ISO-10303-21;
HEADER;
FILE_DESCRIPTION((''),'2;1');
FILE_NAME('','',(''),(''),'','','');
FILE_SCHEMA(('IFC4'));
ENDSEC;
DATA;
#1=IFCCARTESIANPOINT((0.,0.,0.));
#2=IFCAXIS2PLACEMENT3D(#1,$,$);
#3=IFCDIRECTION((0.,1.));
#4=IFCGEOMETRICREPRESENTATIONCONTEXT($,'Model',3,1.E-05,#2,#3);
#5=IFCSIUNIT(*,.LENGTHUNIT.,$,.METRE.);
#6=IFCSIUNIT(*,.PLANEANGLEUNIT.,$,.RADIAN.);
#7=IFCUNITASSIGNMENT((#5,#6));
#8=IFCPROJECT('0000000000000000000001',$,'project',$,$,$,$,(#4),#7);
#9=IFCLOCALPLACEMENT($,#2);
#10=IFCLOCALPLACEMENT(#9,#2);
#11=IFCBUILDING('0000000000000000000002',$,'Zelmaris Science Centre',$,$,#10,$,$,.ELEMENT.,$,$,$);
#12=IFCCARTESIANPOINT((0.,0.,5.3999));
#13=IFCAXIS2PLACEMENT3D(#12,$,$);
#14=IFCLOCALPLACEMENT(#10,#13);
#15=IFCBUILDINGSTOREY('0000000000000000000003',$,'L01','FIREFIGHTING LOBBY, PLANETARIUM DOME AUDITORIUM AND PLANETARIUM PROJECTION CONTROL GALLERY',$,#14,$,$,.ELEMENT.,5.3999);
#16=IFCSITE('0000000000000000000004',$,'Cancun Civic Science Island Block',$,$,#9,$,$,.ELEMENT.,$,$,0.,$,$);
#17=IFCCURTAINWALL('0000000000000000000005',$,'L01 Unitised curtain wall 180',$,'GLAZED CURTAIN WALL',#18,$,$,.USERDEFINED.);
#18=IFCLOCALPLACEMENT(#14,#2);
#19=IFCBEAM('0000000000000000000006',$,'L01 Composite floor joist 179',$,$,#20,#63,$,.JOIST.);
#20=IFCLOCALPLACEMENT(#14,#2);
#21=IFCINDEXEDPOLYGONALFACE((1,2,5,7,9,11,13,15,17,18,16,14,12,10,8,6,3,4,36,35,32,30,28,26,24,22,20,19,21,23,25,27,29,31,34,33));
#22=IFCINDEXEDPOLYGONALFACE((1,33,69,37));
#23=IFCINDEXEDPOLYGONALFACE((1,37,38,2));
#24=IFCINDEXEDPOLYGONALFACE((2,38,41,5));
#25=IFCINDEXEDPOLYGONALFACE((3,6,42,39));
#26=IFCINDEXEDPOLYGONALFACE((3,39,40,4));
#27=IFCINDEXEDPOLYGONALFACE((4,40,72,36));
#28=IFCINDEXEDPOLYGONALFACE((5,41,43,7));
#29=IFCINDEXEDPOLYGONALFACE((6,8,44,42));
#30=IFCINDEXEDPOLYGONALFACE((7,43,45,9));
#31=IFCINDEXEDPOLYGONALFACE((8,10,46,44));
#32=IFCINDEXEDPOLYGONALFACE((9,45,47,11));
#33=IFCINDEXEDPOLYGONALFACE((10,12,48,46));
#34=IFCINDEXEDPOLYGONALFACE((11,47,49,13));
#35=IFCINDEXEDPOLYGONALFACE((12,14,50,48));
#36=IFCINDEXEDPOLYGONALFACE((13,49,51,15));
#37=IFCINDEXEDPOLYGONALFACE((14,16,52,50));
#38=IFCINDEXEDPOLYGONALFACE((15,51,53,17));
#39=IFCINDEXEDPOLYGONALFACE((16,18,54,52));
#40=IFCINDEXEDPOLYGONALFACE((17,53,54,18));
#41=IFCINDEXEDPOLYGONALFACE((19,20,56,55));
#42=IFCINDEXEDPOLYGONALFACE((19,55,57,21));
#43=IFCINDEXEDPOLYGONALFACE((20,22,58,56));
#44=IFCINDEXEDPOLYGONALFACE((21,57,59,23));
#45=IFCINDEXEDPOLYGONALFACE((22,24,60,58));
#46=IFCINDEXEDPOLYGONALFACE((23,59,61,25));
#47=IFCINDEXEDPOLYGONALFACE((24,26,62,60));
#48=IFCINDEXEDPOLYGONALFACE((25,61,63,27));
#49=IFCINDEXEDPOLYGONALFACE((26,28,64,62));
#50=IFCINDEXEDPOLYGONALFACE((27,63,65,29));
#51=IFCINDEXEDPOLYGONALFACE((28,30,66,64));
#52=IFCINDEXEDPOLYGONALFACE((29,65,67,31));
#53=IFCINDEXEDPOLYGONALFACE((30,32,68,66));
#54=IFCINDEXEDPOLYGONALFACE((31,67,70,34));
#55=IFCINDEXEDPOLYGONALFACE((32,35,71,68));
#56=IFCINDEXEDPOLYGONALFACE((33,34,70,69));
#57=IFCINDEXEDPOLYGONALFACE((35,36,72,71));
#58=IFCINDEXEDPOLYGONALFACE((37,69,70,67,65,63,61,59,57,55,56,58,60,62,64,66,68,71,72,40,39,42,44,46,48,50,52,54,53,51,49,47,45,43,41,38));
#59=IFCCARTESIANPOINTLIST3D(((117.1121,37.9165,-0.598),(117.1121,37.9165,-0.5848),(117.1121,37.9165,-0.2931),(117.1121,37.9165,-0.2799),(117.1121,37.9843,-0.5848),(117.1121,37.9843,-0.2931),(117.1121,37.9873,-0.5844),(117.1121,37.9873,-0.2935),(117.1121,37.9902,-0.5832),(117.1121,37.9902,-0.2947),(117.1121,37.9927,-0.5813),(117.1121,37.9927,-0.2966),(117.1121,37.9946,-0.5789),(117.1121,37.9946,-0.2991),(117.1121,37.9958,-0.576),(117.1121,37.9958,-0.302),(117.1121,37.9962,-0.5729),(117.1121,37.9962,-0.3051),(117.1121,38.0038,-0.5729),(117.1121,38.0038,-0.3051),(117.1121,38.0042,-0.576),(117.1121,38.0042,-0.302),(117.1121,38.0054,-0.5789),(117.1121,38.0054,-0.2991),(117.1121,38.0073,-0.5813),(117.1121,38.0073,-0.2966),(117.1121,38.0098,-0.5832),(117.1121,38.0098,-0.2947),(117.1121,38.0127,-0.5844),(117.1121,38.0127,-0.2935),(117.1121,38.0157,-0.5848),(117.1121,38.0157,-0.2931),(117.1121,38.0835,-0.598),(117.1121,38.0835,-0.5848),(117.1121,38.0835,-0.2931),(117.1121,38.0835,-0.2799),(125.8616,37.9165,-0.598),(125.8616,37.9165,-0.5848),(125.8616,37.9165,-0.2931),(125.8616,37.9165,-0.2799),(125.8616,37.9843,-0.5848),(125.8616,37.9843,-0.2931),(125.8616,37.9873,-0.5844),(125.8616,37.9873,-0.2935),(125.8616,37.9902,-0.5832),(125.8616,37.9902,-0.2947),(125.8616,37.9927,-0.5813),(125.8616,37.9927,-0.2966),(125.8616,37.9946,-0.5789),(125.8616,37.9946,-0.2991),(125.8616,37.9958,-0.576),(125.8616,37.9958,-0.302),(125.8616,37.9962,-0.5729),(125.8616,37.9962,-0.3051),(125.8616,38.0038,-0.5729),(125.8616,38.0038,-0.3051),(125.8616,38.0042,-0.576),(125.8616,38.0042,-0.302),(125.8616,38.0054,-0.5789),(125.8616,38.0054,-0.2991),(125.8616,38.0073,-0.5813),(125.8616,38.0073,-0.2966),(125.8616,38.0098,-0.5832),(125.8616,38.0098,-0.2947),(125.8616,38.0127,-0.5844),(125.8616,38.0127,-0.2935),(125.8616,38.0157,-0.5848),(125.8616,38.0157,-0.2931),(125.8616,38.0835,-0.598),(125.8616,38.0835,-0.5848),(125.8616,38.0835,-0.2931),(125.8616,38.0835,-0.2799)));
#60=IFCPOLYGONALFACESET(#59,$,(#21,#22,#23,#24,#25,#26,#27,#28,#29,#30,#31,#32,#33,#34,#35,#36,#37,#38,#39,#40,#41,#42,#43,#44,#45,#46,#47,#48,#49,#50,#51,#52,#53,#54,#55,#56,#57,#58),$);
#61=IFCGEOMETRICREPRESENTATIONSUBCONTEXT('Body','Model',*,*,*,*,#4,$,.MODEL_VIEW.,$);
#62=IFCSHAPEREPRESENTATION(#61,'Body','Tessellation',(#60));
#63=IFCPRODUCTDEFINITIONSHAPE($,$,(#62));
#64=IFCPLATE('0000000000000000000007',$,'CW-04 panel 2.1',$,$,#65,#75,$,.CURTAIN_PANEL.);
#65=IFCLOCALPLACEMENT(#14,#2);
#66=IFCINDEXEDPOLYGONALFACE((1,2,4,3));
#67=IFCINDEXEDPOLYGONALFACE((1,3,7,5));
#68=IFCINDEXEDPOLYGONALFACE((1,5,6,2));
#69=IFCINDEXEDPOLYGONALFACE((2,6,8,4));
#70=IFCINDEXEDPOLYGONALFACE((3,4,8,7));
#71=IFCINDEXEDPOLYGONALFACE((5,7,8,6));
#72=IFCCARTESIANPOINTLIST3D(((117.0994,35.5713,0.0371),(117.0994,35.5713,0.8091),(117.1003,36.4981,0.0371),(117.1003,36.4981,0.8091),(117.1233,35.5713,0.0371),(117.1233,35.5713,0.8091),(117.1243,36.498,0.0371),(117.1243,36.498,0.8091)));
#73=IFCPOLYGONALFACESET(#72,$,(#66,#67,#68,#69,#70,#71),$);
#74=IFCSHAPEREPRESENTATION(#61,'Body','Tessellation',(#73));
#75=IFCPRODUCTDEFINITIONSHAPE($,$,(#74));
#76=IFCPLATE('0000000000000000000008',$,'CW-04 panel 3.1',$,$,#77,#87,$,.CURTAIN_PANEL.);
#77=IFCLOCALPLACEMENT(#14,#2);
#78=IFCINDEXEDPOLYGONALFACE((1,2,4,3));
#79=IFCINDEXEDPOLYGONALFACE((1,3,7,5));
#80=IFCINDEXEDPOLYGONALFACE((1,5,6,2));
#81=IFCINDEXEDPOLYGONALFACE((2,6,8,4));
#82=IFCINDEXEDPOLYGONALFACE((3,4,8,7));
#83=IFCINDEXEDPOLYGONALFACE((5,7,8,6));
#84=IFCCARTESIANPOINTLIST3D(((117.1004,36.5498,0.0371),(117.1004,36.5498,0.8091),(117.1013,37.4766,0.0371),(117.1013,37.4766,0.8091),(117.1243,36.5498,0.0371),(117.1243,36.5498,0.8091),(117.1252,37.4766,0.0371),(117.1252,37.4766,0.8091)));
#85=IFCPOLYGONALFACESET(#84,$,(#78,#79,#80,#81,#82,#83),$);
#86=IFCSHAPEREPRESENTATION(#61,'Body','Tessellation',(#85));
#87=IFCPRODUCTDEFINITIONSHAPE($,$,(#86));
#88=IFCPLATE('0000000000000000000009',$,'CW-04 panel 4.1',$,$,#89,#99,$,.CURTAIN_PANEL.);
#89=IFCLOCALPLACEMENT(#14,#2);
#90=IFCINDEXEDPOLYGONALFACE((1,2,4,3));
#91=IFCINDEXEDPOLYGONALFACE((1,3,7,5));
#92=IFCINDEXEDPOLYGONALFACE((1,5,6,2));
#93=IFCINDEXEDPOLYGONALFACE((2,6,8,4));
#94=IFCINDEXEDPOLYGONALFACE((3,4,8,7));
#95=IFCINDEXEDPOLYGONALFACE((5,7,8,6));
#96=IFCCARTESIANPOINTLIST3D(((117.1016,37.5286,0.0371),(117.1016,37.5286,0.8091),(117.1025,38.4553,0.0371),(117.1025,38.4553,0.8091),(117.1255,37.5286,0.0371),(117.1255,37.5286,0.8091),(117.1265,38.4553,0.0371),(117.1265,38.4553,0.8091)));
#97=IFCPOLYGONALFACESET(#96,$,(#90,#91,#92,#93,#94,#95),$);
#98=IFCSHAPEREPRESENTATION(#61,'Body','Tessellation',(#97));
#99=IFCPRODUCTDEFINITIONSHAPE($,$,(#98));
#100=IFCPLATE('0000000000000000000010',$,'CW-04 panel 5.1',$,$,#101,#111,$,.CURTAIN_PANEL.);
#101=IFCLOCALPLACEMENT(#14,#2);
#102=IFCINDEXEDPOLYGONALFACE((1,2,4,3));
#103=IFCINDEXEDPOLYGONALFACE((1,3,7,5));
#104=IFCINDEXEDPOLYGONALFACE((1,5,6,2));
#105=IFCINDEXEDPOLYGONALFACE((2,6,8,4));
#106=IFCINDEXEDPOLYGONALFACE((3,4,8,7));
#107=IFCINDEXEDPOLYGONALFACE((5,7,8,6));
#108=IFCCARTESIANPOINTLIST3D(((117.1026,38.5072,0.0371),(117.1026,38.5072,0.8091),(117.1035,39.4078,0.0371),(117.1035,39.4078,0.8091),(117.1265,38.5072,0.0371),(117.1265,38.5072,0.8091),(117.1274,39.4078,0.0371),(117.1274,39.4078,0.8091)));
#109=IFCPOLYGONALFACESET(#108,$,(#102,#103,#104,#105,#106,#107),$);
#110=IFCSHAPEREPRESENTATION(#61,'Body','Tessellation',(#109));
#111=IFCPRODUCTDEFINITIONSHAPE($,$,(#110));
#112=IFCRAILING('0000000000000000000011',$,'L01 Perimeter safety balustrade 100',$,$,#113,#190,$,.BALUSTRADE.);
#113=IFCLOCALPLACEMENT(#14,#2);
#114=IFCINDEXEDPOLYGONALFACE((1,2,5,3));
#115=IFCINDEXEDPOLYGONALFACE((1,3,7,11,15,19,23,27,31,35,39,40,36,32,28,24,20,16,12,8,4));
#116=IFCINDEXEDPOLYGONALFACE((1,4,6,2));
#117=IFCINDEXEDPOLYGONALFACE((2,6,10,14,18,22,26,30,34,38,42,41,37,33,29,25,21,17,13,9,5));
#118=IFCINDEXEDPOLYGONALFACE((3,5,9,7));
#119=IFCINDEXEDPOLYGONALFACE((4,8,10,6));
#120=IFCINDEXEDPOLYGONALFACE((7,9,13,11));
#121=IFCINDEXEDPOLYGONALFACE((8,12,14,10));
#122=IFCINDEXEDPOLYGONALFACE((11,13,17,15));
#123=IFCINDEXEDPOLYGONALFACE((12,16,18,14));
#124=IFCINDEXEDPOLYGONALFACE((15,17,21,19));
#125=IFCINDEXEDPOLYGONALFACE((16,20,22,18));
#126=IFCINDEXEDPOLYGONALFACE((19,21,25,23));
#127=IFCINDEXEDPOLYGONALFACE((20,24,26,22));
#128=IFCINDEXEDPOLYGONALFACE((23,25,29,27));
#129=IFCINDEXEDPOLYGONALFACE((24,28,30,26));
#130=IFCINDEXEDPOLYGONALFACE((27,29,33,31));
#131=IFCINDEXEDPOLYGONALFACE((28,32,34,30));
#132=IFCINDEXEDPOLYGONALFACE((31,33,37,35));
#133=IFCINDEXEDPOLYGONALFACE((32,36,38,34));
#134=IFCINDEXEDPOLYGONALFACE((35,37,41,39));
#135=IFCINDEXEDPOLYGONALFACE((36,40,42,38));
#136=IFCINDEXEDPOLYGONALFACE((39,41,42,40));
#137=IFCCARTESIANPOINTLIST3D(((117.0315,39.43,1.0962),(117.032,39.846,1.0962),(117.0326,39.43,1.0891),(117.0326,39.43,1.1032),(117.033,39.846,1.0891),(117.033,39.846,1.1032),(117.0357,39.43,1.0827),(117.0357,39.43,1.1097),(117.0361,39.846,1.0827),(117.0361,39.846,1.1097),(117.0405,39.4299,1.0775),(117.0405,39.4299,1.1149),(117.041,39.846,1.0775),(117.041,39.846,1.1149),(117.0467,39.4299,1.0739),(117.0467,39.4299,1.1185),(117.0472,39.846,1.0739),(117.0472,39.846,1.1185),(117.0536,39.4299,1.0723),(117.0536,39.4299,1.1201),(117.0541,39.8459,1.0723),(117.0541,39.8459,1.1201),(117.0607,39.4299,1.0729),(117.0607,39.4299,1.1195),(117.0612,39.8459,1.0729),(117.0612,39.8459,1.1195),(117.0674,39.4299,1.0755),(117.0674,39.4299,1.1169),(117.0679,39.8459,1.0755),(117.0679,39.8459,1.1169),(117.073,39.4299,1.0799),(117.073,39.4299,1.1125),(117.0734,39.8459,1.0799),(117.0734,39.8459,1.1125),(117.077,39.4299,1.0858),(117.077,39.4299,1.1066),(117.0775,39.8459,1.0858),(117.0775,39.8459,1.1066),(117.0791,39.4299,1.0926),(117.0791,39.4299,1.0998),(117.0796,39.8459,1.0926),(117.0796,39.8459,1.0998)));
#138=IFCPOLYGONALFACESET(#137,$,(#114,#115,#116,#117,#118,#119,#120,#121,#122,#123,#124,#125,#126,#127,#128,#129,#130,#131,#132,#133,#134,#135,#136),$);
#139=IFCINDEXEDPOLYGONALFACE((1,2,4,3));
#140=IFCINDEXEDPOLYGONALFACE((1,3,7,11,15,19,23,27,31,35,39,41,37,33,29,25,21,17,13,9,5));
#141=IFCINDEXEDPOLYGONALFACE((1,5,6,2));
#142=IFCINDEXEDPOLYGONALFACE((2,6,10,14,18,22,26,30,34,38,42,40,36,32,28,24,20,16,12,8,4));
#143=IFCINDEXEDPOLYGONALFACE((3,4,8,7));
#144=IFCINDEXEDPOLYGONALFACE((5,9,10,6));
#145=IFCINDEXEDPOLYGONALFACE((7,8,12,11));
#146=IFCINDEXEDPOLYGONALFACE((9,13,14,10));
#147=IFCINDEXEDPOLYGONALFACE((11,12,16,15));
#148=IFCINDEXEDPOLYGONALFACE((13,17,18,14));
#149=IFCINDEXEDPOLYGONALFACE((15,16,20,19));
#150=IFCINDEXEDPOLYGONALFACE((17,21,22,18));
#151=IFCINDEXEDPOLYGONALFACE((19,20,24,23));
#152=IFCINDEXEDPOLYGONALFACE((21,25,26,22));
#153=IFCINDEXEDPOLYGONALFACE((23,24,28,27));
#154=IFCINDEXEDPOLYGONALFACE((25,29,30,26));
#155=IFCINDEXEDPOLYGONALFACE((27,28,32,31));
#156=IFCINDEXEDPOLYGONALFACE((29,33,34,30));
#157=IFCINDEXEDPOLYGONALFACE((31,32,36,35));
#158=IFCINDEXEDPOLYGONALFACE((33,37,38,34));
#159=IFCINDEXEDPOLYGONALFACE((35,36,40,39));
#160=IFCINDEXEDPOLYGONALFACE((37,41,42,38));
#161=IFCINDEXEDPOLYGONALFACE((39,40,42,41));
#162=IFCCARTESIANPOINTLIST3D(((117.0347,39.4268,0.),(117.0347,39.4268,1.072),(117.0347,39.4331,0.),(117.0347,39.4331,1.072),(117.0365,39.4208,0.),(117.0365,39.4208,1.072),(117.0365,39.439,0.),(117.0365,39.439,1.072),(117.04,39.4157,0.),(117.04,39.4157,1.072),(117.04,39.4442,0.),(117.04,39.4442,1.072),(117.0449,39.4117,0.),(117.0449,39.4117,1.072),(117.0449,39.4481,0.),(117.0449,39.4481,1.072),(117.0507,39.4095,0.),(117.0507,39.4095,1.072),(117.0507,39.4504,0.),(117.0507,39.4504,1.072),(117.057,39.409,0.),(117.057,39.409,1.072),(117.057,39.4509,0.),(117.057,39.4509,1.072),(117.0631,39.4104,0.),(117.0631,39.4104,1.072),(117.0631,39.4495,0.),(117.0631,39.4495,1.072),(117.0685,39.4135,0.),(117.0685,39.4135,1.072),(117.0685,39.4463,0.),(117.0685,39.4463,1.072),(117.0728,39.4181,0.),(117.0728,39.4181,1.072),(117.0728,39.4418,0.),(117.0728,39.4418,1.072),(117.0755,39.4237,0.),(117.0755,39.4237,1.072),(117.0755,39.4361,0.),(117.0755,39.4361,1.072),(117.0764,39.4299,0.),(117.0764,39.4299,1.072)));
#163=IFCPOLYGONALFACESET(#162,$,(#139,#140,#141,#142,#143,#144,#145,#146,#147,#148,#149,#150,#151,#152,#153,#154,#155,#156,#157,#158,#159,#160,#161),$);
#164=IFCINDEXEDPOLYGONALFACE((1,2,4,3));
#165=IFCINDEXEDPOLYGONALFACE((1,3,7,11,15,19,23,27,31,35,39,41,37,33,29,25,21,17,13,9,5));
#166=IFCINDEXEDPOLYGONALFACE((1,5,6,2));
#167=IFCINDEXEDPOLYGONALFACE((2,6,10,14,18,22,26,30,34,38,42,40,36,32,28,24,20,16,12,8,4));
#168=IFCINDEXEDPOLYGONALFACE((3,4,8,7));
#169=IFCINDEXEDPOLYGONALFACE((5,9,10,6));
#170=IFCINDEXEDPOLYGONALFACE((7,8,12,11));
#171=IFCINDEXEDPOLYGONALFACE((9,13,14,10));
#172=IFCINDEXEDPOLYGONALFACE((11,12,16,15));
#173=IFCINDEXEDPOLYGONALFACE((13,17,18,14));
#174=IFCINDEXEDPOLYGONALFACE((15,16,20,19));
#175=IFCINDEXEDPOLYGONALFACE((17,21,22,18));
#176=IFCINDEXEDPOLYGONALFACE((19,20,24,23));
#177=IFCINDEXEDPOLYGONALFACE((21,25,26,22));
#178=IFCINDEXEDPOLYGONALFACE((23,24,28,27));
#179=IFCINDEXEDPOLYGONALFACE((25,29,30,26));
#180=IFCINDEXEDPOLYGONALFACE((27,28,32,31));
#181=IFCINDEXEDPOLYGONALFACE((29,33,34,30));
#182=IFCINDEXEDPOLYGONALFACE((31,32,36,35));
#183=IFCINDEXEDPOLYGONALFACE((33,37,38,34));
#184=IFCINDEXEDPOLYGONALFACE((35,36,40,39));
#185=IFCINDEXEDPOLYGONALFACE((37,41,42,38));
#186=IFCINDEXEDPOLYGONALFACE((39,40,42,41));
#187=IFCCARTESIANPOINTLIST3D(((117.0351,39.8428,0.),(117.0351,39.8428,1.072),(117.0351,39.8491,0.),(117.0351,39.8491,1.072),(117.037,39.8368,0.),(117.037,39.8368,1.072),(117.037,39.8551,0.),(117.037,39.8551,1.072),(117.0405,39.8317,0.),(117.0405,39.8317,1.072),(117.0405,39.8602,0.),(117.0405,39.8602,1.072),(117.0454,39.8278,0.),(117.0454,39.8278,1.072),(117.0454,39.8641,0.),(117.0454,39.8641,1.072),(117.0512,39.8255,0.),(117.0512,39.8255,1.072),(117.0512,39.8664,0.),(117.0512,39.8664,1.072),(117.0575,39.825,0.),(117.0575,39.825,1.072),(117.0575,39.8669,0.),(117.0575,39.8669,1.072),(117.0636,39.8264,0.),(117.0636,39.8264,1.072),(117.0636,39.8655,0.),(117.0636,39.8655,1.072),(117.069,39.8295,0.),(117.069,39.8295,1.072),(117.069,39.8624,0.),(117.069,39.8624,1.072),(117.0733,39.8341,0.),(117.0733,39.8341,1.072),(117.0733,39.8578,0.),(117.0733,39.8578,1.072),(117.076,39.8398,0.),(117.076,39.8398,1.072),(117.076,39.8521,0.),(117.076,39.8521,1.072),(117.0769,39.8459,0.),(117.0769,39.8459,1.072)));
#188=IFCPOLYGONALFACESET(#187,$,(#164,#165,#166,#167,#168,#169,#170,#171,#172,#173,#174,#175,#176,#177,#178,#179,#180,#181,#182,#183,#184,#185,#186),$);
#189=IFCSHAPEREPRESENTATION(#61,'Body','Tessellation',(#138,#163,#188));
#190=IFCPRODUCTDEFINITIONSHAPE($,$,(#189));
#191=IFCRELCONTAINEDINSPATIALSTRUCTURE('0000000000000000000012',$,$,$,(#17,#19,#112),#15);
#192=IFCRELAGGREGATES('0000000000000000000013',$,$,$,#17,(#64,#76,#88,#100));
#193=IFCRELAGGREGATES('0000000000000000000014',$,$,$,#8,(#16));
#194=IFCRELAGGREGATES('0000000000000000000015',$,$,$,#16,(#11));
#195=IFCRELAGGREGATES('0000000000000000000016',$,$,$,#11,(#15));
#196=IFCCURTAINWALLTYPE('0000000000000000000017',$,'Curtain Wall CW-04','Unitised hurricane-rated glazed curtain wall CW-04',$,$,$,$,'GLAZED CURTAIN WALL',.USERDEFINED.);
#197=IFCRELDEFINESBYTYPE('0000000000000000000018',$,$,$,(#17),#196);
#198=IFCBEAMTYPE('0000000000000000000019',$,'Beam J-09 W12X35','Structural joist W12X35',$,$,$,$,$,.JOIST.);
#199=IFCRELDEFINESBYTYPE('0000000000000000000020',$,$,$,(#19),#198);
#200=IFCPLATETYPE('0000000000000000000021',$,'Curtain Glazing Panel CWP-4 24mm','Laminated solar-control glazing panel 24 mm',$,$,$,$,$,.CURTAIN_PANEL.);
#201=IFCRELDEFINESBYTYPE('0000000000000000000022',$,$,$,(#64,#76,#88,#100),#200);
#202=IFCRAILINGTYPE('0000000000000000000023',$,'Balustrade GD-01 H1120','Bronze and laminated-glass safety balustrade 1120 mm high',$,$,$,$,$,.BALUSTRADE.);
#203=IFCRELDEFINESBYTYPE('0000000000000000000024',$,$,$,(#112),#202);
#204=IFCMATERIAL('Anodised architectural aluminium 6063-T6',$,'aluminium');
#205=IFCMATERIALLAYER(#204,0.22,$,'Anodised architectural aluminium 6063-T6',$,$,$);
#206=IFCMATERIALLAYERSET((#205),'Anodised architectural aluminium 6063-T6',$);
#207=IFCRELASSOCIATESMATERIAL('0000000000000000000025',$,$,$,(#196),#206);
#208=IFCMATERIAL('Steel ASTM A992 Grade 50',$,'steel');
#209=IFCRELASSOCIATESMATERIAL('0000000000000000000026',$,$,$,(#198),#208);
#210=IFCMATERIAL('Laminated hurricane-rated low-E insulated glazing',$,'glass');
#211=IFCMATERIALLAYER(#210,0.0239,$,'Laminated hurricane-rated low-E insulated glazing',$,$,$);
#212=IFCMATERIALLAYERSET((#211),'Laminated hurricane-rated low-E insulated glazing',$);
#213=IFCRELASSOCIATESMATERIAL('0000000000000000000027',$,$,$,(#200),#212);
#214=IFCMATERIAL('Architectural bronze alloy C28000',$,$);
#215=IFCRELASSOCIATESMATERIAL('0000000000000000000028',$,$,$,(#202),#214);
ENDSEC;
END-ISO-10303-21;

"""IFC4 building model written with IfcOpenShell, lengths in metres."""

from ifc_helpers import new_model, si_unit, direction, frame, origin, origin_2d, place, context, subcontext, project, spatial, rectangle, circle, i_section, extrude, material, layer, layer_set, material_profile, profile_set, type_object, element, aggregate, save


model = new_model("IFC4")

# Units and contexts
model_context = context("Model", 3, precision=1e-05, world=origin(), true_north=direction((0.0, 1.0)))
body_context = subcontext(model_context, "Body", "Model", "MODEL_VIEW")
ifc_project = project(units=[si_unit("LENGTHUNIT", "METRE"), si_unit("PLANEANGLEUNIT", "RADIAN")], contexts=[model_context])

# Site, building, storey
site_placement = place(None, origin())
site = spatial("IfcSite", under=ifc_project, at=site_placement, Name="Cancun Civic Science Island Block", CompositionType="ELEMENT", RefElevation=0.0)
building_placement = place(site_placement, origin())
building = spatial("IfcBuilding", under=site, at=building_placement, Name="Zelmaris Science Centre", CompositionType="ELEMENT")
storey_placement = place(building_placement, frame((0.0, 0.0, 5.3999)))
storey = spatial("IfcBuildingStorey", under=building, at=storey_placement, Name="L01", Description="FIREFIGHTING LOBBY, PLANETARIUM DOME AUDITORIUM AND PLANETARIUM PROJECTION CONTROL GALLERY", CompositionType="ELEMENT", Elevation=5.3999)

# Shared definitions
ifc_material_1 = material(Name="Steel ASTM A992 Grade 50", Category="steel")

# Curtain wall
ifc_material_2 = material(Name="Anodised architectural aluminium 6063-T6", Category="aluminium")
ifc_layer_1 = layer(ifc_material_2, 0.22, Name="Anodised architectural aluminium 6063-T6")
ifc_layer_set_1 = layer_set([ifc_layer_1], Name="Anodised architectural aluminium 6063-T6")
curtain_wall_type_1 = type_object("IfcCurtainWallType", Name="Curtain Wall CW-04", Description="Unitised hurricane-rated glazed curtain wall CW-04", ElementType="GLAZED CURTAIN WALL", PredefinedType="USERDEFINED", material=ifc_layer_set_1)
curtain_wall_1_placement = place(storey_placement, origin())
curtain_wall_1 = element("IfcCurtainWall", 1, at=curtain_wall_1_placement, inside=storey, type_object=curtain_wall_type_1, Name="L01 Unitised curtain wall 180", ObjectType="GLAZED CURTAIN WALL", PredefinedType="USERDEFINED")

# Beam
ifc_material_profile_1 = material_profile(ifc_material_1, i_section(OverallWidth=0.167, OverallDepth=0.3181, WebThickness=0.0076, FlangeThickness=0.0132, FilletRadius=0.012, at=origin_2d()), Name="W12X35")
ifc_profile_set_1 = profile_set([ifc_material_profile_1], Name="Steel ASTM A992 Grade 50")
beam_type_1 = type_object("IfcBeamType", Name="Beam J-09 W12X35", Description="Structural joist W12X35", PredefinedType="JOIST", material=ifc_profile_set_1)
beam_1_placement = place(storey_placement, frame((117.1121, 38.0, -0.439), z_axis=(1.0, 0.0, 0.0), x_axis=(0.0, 1.0, 0.0)))
element("IfcBeam", 2, at=beam_1_placement, inside=storey, type_object=beam_type_1, Name="L01 Composite floor joist 179", PredefinedType="JOIST", context=body_context, shape_type="SweptSolid", body=[
    extrude(i_section(OverallWidth=0.167, OverallDepth=0.3181, WebThickness=0.0076, FlangeThickness=0.0132, FilletRadius=0.012, at=origin_2d()), origin(), (0.0, 0.0, 1.0), 8.7495),
])

# Plates
ifc_material_3 = material(Name="Laminated hurricane-rated low-E insulated glazing", Category="glass")
ifc_layer_2 = layer(ifc_material_3, 0.0239, Name="Laminated hurricane-rated low-E insulated glazing")
ifc_layer_set_2 = layer_set([ifc_layer_2], Name="Laminated hurricane-rated low-E insulated glazing")
plate_type = type_object("IfcPlateType", Name="Curtain Glazing Panel CWP-4 24mm", Description="Laminated solar-control glazing panel 24 mm", PredefinedType="CURTAIN_PANEL", material=ifc_layer_set_2)
plate_1_placement = place(storey_placement, frame((117.1118, 36.0347, 0.0371), z_axis=(0.0, 0.0, 1.0), x_axis=(0.001022, 0.999999, 0.0)))
plate_1 = element("IfcPlate", 3, at=plate_1_placement, type_object=plate_type, Name="CW-04 panel 2.1", PredefinedType="CURTAIN_PANEL", context=body_context, shape_type="SweptSolid", body=[
    extrude(rectangle(XDim=0.9268, YDim=0.0239, at=origin_2d()), origin(), (0.0, 0.0, 1.0), 0.772),
])
plate_2_placement = place(storey_placement, frame((117.1128, 37.0132, 0.0371), z_axis=(0.0, 0.0, 1.0), x_axis=(0.001022, 0.999999, 0.0)))
plate_2 = element("IfcPlate", 4, at=plate_2_placement, type_object=plate_type, Name="CW-04 panel 3.1", PredefinedType="CURTAIN_PANEL", context=body_context, shape_type="SweptSolid", body=[
    extrude(rectangle(XDim=0.9268, YDim=0.0239, at=origin_2d()), origin(), (0.0, 0.0, 1.0), 0.772),
])
plate_3_placement = place(storey_placement, frame((117.114, 37.9919, 0.0371), z_axis=(0.0, 0.0, 1.0), x_axis=(0.001022, 0.999999, 0.0)))
plate_3 = element("IfcPlate", 5, at=plate_3_placement, type_object=plate_type, Name="CW-04 panel 4.1", PredefinedType="CURTAIN_PANEL", context=body_context, shape_type="SweptSolid", body=[
    extrude(rectangle(XDim=0.9268, YDim=0.0239, at=origin_2d()), origin(), (0.0, 0.0, 1.0), 0.772),
])
plate_4_placement = place(storey_placement, frame((117.115, 38.9575, 0.0371), z_axis=(0.0, 0.0, 1.0), x_axis=(0.001022, 0.999999, 0.0)))
plate_4 = element("IfcPlate", 6, at=plate_4_placement, type_object=plate_type, Name="CW-04 panel 5.1", PredefinedType="CURTAIN_PANEL", context=body_context, shape_type="SweptSolid", body=[
    extrude(rectangle(XDim=0.9006, YDim=0.0239, at=origin_2d()), origin(), (0.0, 0.0, 1.0), 0.772),
])
aggregate(curtain_wall_1, [plate_1, plate_2, plate_3, plate_4])

# Railing
ifc_material_4 = material(Name="Architectural bronze alloy C28000")
railing_type = type_object("IfcRailingType", Name="Balustrade GD-01 H1120", Description="Bronze and laminated-glass safety balustrade 1120 mm high", PredefinedType="BALUSTRADE", material=ifc_material_4)
railing_1_placement = place(storey_placement, frame((117.0554, 39.4299, 0.0)))
element("IfcRailing", 7, at=railing_1_placement, inside=storey, type_object=railing_type, Name="L01 Perimeter safety balustrade 100", PredefinedType="BALUSTRADE", context=body_context, shape_type="SweptSolid", body=[
    extrude(circle(Radius=0.0239, at=origin_2d()), frame((0.0, 0.0, 1.0962), z_axis=(0.001174, 0.999999, 0.0), x_axis=(-0.999999, 0.001174, 0.0)), (0.0, 0.0, 1.0), 0.416),
    extrude(circle(Radius=0.021, at=origin_2d()), origin(), (0.0, 0.0, 1.0), 1.072),
    extrude(circle(Radius=0.021, at=origin_2d()), frame((0.0005, 0.416, 0.0)), (0.0, 0.0, 1.0), 1.072),
])

save(model, "model.ifc")
